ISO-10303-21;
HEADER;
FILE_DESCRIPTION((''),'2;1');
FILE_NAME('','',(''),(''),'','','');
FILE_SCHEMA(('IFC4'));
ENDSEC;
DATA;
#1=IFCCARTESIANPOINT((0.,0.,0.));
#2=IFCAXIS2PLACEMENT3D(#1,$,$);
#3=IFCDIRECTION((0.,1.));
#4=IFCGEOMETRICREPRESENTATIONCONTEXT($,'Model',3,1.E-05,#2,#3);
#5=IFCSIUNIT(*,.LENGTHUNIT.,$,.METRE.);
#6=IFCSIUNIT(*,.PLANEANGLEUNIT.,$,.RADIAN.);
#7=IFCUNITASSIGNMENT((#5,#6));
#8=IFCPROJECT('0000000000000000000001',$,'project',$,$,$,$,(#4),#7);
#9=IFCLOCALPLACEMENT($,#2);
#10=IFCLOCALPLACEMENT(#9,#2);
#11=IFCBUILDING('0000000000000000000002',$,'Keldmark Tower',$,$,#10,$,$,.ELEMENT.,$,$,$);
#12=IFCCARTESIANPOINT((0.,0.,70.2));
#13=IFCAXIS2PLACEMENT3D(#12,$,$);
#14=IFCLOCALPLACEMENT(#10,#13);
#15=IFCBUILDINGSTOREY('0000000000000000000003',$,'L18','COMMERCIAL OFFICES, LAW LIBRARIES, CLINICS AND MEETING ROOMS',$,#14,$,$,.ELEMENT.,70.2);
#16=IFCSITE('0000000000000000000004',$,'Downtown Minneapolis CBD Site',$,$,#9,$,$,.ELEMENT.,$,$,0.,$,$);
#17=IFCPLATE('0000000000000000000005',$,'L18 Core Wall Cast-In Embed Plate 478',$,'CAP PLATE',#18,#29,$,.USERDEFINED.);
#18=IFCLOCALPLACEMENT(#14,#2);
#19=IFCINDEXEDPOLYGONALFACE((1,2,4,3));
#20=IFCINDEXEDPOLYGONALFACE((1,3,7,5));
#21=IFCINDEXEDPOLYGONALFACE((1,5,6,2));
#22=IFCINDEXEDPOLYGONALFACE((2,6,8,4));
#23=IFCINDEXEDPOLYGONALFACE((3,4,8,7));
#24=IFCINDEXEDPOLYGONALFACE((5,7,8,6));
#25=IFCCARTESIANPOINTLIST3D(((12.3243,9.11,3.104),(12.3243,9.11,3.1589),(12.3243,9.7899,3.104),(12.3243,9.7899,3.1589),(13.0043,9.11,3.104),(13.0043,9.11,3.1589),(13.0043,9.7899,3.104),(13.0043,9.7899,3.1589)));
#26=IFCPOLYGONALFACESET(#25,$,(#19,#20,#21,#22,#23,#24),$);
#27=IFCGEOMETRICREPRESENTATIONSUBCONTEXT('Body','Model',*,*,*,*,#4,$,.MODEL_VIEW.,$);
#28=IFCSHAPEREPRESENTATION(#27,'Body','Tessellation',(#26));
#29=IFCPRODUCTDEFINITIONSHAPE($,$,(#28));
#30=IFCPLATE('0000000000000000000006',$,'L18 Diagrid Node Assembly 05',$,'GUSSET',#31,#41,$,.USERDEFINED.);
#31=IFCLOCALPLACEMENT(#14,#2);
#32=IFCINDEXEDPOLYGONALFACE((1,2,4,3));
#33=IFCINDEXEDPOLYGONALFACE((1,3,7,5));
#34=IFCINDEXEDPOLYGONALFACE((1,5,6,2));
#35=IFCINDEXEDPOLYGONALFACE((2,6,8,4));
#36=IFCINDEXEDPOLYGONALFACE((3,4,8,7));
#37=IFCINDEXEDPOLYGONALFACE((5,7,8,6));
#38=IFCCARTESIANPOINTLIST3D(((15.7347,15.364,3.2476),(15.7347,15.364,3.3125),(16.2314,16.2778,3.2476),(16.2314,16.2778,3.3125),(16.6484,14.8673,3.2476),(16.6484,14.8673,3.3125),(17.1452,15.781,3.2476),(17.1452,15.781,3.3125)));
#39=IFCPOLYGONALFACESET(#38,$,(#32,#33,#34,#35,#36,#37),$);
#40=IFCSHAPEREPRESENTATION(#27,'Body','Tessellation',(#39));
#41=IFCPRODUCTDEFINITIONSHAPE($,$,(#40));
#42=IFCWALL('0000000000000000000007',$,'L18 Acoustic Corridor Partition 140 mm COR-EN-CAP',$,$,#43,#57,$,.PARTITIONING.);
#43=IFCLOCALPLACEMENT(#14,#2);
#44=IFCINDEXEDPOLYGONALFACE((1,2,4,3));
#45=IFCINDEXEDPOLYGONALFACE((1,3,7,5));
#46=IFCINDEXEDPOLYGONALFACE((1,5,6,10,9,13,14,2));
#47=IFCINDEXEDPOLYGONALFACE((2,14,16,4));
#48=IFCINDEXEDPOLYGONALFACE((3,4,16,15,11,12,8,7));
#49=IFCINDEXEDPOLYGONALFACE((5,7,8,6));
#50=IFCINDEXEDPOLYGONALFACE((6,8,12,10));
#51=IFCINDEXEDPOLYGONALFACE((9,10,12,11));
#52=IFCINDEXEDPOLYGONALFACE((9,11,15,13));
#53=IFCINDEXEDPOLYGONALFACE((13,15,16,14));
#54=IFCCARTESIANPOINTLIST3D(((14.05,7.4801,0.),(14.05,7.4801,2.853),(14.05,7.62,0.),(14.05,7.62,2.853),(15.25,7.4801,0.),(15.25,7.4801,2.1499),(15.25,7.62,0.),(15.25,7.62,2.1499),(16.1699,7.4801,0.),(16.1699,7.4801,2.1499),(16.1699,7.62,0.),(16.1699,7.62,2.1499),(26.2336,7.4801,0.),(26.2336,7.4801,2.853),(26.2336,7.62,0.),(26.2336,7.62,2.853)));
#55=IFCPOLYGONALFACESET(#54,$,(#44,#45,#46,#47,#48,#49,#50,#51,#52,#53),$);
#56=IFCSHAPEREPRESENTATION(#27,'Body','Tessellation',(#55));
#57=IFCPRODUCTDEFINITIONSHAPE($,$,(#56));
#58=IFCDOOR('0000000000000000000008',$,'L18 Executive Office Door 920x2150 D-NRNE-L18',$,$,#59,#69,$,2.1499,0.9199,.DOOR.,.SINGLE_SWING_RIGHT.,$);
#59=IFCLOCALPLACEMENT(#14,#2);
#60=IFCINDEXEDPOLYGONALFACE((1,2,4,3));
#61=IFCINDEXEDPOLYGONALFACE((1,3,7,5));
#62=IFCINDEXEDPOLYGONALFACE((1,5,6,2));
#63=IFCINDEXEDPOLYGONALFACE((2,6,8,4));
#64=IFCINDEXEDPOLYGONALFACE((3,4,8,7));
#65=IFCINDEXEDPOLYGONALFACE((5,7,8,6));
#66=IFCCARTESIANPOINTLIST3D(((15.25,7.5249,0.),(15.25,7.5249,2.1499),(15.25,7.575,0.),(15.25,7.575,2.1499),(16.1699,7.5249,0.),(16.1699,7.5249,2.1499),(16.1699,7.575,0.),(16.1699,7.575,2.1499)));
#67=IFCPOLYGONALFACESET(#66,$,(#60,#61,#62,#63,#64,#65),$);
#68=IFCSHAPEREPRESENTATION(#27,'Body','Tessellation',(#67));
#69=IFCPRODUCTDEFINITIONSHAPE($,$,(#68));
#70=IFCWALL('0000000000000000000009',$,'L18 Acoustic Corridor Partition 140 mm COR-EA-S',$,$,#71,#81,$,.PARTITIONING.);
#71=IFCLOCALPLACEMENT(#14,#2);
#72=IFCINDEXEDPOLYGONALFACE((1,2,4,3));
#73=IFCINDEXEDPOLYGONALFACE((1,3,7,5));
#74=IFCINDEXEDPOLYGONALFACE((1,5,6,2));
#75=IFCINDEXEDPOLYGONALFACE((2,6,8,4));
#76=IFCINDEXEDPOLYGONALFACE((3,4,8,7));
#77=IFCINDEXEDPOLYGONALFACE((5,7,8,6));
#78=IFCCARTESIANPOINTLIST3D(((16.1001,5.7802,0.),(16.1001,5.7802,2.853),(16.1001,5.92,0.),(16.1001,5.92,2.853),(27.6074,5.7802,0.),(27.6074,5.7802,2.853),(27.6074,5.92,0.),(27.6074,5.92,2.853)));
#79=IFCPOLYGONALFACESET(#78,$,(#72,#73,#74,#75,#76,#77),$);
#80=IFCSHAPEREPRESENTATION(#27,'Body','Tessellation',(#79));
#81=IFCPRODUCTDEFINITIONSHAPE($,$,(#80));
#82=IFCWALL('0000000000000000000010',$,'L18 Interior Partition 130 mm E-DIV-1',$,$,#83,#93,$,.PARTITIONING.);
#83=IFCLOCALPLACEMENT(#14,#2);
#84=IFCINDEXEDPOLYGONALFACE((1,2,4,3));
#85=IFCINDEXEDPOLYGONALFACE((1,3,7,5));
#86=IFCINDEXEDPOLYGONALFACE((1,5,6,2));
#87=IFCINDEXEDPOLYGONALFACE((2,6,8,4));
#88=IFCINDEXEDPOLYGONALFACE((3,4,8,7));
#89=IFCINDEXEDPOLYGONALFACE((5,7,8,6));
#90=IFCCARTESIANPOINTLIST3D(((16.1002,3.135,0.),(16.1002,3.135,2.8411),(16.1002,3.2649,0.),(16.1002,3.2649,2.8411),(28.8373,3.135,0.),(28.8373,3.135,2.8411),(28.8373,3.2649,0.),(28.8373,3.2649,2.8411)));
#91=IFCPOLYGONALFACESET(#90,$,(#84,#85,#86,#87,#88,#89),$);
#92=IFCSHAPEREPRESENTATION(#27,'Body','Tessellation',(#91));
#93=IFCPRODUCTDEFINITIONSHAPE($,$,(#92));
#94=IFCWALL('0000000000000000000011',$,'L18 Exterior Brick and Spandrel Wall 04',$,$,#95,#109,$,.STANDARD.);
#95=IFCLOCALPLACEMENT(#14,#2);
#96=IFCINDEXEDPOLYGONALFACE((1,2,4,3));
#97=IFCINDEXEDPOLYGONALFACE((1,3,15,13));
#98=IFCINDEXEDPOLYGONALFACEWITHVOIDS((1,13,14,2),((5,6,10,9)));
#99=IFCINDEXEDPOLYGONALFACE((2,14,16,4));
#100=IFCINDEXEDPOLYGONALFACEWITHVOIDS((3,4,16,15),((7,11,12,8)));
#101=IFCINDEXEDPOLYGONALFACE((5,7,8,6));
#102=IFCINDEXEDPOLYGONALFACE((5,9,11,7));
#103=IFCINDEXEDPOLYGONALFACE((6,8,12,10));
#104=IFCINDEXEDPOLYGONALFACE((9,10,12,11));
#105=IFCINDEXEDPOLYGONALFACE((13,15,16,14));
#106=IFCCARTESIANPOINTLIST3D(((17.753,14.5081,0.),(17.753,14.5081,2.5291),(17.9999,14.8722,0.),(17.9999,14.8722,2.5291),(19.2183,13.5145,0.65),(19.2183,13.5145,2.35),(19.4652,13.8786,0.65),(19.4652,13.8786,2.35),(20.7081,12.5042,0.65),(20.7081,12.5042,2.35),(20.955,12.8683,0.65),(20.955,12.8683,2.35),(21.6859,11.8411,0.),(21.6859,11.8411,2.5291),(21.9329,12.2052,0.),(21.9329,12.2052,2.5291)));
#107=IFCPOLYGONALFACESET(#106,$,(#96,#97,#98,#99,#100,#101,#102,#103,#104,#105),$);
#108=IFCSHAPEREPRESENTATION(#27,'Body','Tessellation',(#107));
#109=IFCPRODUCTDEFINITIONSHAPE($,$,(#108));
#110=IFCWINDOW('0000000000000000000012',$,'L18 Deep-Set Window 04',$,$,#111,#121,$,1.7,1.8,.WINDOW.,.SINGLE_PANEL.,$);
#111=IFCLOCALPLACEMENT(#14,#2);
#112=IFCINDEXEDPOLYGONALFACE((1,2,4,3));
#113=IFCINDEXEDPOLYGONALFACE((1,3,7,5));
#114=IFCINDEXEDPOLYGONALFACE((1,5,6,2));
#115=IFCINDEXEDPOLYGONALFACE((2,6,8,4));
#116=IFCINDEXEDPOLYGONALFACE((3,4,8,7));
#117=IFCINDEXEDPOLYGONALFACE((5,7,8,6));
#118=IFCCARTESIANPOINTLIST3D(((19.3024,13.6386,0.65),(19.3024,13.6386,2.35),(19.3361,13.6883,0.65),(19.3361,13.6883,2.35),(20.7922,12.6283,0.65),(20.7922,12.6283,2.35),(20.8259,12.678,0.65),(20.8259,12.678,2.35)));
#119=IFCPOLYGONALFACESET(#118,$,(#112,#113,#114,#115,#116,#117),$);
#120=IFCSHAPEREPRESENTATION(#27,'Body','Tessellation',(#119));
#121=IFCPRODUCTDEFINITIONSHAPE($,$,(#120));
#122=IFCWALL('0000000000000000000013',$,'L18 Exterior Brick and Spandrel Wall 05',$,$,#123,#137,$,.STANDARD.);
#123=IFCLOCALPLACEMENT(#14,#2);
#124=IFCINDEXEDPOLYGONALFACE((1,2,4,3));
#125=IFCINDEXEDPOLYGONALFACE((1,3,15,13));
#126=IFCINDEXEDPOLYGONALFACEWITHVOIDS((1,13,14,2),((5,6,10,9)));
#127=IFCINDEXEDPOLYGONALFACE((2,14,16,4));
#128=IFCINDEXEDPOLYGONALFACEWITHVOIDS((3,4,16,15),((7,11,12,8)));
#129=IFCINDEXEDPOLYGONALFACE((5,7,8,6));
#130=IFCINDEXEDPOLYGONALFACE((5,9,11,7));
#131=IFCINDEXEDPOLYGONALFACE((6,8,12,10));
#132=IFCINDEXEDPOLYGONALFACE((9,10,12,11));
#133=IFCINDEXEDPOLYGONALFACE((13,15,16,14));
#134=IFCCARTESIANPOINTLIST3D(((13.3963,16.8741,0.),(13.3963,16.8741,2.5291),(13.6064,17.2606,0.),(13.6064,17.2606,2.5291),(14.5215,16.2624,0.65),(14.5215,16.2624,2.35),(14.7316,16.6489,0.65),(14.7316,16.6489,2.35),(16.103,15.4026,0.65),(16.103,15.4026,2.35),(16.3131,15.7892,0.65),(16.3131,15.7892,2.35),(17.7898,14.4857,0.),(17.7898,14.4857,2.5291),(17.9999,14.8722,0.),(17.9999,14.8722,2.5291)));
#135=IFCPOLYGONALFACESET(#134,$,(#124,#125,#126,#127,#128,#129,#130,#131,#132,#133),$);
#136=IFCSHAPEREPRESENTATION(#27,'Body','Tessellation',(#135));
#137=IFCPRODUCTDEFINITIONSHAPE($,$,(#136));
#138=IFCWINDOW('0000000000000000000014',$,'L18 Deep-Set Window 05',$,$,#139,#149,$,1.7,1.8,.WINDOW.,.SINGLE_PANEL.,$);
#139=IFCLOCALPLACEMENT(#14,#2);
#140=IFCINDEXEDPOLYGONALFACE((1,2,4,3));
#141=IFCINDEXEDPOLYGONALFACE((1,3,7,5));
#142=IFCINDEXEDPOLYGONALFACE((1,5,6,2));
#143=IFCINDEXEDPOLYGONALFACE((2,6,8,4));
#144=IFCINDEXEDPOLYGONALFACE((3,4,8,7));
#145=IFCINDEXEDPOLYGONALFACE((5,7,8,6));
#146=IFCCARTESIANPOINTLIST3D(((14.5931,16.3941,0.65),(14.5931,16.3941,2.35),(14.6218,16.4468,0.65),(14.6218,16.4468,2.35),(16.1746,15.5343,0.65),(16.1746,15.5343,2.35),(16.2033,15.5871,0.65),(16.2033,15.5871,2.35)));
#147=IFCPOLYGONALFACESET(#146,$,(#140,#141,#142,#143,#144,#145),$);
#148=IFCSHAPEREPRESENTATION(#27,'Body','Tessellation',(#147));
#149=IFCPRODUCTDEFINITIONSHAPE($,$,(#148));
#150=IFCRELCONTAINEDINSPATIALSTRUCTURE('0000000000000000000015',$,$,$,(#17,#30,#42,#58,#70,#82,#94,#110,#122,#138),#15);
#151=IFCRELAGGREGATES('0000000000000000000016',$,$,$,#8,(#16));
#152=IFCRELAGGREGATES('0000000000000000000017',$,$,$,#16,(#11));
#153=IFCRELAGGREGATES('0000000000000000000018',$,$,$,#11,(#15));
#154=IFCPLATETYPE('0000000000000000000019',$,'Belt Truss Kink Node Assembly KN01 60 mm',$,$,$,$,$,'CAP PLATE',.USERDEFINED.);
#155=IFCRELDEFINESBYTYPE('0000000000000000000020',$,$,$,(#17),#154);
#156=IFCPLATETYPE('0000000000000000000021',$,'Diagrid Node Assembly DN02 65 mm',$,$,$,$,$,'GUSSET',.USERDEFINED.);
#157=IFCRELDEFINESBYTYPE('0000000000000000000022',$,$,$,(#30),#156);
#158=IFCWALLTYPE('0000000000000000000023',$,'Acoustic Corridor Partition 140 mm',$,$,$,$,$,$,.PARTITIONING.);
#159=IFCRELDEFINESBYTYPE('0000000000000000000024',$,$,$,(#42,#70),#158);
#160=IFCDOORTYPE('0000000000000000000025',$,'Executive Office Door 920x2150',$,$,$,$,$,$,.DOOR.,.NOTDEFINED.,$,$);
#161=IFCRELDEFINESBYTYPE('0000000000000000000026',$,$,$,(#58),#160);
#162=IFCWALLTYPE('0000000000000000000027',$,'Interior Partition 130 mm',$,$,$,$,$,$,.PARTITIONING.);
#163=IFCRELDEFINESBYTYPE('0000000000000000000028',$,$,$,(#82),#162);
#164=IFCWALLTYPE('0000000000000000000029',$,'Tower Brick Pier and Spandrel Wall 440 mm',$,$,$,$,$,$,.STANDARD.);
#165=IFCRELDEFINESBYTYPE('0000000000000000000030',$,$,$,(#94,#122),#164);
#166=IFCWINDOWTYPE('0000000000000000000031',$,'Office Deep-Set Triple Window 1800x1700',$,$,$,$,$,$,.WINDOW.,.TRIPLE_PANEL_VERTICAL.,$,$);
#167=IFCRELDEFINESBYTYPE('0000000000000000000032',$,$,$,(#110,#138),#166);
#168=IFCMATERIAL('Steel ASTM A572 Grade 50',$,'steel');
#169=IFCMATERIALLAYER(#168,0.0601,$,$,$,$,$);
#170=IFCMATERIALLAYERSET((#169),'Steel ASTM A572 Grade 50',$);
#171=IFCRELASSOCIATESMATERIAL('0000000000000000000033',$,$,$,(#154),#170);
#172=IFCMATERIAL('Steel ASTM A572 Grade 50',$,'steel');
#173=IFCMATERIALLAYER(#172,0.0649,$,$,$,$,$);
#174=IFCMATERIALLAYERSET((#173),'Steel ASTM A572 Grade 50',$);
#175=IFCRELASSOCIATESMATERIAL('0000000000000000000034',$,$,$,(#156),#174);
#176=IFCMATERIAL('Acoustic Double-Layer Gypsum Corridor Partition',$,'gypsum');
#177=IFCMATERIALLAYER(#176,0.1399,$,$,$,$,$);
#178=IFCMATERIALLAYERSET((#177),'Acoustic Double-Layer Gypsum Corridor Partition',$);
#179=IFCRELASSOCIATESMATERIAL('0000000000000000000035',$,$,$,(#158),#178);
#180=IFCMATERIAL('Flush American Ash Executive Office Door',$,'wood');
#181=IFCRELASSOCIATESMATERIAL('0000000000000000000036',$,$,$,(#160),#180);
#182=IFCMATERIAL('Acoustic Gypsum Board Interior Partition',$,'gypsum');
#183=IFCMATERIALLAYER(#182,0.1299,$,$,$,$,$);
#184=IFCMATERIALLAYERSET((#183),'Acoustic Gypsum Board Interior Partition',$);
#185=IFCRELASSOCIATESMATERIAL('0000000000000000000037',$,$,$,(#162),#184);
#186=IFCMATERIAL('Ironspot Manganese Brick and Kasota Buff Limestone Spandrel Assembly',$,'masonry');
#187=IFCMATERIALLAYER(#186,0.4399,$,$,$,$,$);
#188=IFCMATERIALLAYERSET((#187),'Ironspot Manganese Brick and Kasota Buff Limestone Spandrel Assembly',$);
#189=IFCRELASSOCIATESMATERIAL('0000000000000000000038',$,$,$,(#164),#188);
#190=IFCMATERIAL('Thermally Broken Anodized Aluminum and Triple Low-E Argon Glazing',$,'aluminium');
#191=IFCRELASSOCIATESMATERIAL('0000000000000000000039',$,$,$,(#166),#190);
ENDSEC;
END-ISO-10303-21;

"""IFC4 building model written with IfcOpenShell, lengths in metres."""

from ifc_helpers import new_model, si_unit, direction, frame, frame_2d, origin, origin_2d, place, context, subcontext, project, spatial, rectangle, extrude, material, layer, layer_set, type_object, element, fill, save


model = new_model("IFC4")

# Units and contexts
model_context = context("Model", 3, precision=1e-05, world=origin(), true_north=direction((0.0, 1.0)))
body_context = subcontext(model_context, "Body", "Model", "MODEL_VIEW")
ifc_project = project(units=[si_unit("LENGTHUNIT", "METRE"), si_unit("PLANEANGLEUNIT", "RADIAN")], contexts=[model_context])

# Site, building, storey
site_placement = place(None, origin())
site = spatial("IfcSite", under=ifc_project, at=site_placement, Name="Downtown Minneapolis CBD Site", CompositionType="ELEMENT", RefElevation=0.0)
building_placement = place(site_placement, origin())
building = spatial("IfcBuilding", under=site, at=building_placement, Name="Keldmark Tower", CompositionType="ELEMENT")
storey_placement = place(building_placement, frame((0.0, 0.0, 70.2)))
storey = spatial("IfcBuildingStorey", under=building, at=storey_placement, Name="L18", Description="COMMERCIAL OFFICES, LAW LIBRARIES, CLINICS AND MEETING ROOMS", CompositionType="ELEMENT", Elevation=70.2)

# Plates
ifc_material_1 = material(Name="Steel ASTM A572 Grade 50", Category="steel")
ifc_layer_1 = layer(ifc_material_1, 0.0601)
ifc_layer_set_1 = layer_set([ifc_layer_1], Name="Steel ASTM A572 Grade 50")
plate_type_1 = type_object("IfcPlateType", Name="Belt Truss Kink Node Assembly KN01 60 mm", ElementType="CAP PLATE", PredefinedType="USERDEFINED", material=ifc_layer_set_1)
for number, where, z_axis, x_axis, name in (
    (1, (12.6643, 9.45, 3.104), (0.0, 0.0, 1.0), (1.0, 0.0, 0.0), "L18 Core Wall Cast-In Embed Plate 478"),
):
    element("IfcPlate", number, at=place(storey_placement, frame(where, z_axis=z_axis, x_axis=x_axis)), inside=storey, type_object=plate_type_1, Name=name, ObjectType="CAP PLATE", PredefinedType="USERDEFINED", context=body_context, shape_type="SweptSolid", body=[
        extrude(rectangle(XDim=0.6799, YDim=0.6799, at=origin_2d()), origin(), (0.0, 0.0, 1.0), 0.0549),
    ])
ifc_material_2 = material(Name="Steel ASTM A572 Grade 50", Category="steel")
ifc_layer_2 = layer(ifc_material_2, 0.0649)
ifc_layer_set_2 = layer_set([ifc_layer_2], Name="Steel ASTM A572 Grade 50")
plate_type_2 = type_object("IfcPlateType", Name="Diagrid Node Assembly DN02 65 mm", ElementType="GUSSET", PredefinedType="USERDEFINED", material=ifc_layer_set_2)
plate_placement = place(storey_placement, frame((16.4399, 15.5725, 3.2476), z_axis=(0.0, 0.0, 1.0), x_axis=(-0.878567, 0.477619, 0.0)))
element("IfcPlate", 2, at=plate_placement, inside=storey, type_object=plate_type_2, Name="L18 Diagrid Node Assembly 05", ObjectType="GUSSET", PredefinedType="USERDEFINED", context=body_context, shape_type="SweptSolid", body=[
    extrude(rectangle(XDim=1.04, YDim=1.04, at=origin_2d()), origin(), (0.0, 0.0, 1.0), 0.0649),
])

# Wall, opening, door
ifc_material_3 = material(Name="Acoustic Double-Layer Gypsum Corridor Partition", Category="gypsum")
ifc_layer_3 = layer(ifc_material_3, 0.1399)
ifc_layer_set_3 = layer_set([ifc_layer_3], Name="Acoustic Double-Layer Gypsum Corridor Partition")
wall_type_1 = type_object("IfcWallType", Name="Acoustic Corridor Partition 140 mm", PredefinedType="PARTITIONING", material=ifc_layer_set_3)
wall_1_placement = place(storey_placement, frame((14.05, 7.55, 0.0), z_axis=(0.0, 0.0, 1.0), x_axis=(1.0, 0.0, 0.0)))
wall_1 = element("IfcWall", 3, at=wall_1_placement, inside=storey, type_object=wall_type_1, Name="L18 Acoustic Corridor Partition 140 mm COR-EN-CAP", PredefinedType="PARTITIONING", context=body_context, shape_type="SweptSolid", body=[
    extrude(rectangle(XDim=12.1836, YDim=0.1399, at=frame_2d((6.0918, 0.0))), origin(), (0.0, 0.0, 1.0), 2.853),
])
opening_1_placement = place(wall_1_placement, frame((1.2, 0.0, 0.0)))
opening_1 = element("IfcOpeningElement", 4, at=opening_1_placement, cuts=wall_1, PredefinedType="OPENING", context=body_context, shape_type="SweptSolid", body=[
    extrude(rectangle(XDim=0.9199, YDim=2.1499, at=frame_2d((0.46, 1.075))), frame((0.0, 0.0798, 0.0), z_axis=(0.0, -1.0, 0.0), x_axis=(1.0, 0.0, 0.0)), (0.0, 0.0, 1.0), 0.1599),
])
ifc_material_4 = material(Name="Flush American Ash Executive Office Door", Category="wood")
door_type = type_object("IfcDoorType", Name="Executive Office Door 920x2150", OperationType="NOTDEFINED", PredefinedType="DOOR", material=ifc_material_4)
door_placement = place(opening_1_placement, origin())
door = element("IfcDoor", 5, at=door_placement, inside=storey, type_object=door_type, Name="L18 Executive Office Door 920x2150 D-NRNE-L18", OperationType="SINGLE_SWING_RIGHT", OverallHeight=2.1499, OverallWidth=0.9199, PredefinedType="DOOR", context=body_context, shape_type="SweptSolid", body=[
    extrude(rectangle(XDim=0.9199, YDim=2.1499, at=frame_2d((0.46, 1.075))), frame((0.0, 0.0249, 0.0), z_axis=(0.0, -1.0, 0.0), x_axis=(1.0, 0.0, 0.0)), (0.0, 0.0, 1.0), 0.05),
])
fill(opening_1, door)

# Walls
wall_2_placement = place(storey_placement, frame((16.1001, 5.8501, 0.0), z_axis=(0.0, 0.0, 1.0), x_axis=(1.0, 0.0, 0.0)))
element("IfcWall", 6, at=wall_2_placement, inside=storey, type_object=wall_type_1, Name="L18 Acoustic Corridor Partition 140 mm COR-EA-S", PredefinedType="PARTITIONING", context=body_context, shape_type="SweptSolid", body=[
    extrude(rectangle(XDim=11.5073, YDim=0.1399, at=frame_2d((5.7537, 0.0))), origin(), (0.0, 0.0, 1.0), 2.853),
])
ifc_material_5 = material(Name="Acoustic Gypsum Board Interior Partition", Category="gypsum")
ifc_layer_4 = layer(ifc_material_5, 0.1299)
ifc_layer_set_4 = layer_set([ifc_layer_4], Name="Acoustic Gypsum Board Interior Partition")
wall_type_2 = type_object("IfcWallType", Name="Interior Partition 130 mm", PredefinedType="PARTITIONING", material=ifc_layer_set_4)
wall_3_placement = place(storey_placement, frame((16.1001, 3.2, 0.0), z_axis=(0.0, 0.0, 1.0), x_axis=(1.0, 0.0, 0.0)))
element("IfcWall", 7, at=wall_3_placement, inside=storey, type_object=wall_type_2, Name="L18 Interior Partition 130 mm E-DIV-1", PredefinedType="PARTITIONING", context=body_context, shape_type="SweptSolid", body=[
    extrude(rectangle(XDim=12.7371, YDim=0.1299, at=frame_2d((6.3687, 0.0))), origin(), (0.0, 0.0, 1.0), 2.8411),
])

# Walls, openings, windows
ifc_material_6 = material(Name="Ironspot Manganese Brick and Kasota Buff Limestone Spandrel Assembly", Category="masonry")
ifc_layer_5 = layer(ifc_material_6, 0.4399)
ifc_layer_set_5 = layer_set([ifc_layer_5], Name="Ironspot Manganese Brick and Kasota Buff Limestone Spandrel Assembly")
wall_type_3 = type_object("IfcWallType", Name="Tower Brick Pier and Spandrel Wall 440 mm", PredefinedType="STANDARD", material=ifc_layer_set_5)
wall_4_placement = place(storey_placement, frame((17.8765, 14.6902, 0.0), z_axis=(0.0, 0.0, 1.0), x_axis=(0.827645, -0.561251, 0.0)))
wall_4 = element("IfcWall", 8, at=wall_4_placement, inside=storey, type_object=wall_type_3, Name="L18 Exterior Brick and Spandrel Wall 04", PredefinedType="STANDARD", context=body_context, shape_type="SweptSolid", body=[
    extrude(rectangle(XDim=4.752, YDim=0.4399, at=frame_2d((2.376, 0.0))), origin(), (0.0, 0.0, 1.0), 2.5291),
])
opening_2_placement = place(wall_4_placement, frame((1.7705, 0.0, 0.6499)))
opening_2 = element("IfcOpeningElement", 9, at=opening_2_placement, cuts=wall_4, PredefinedType="OPENING", context=body_context, shape_type="SweptSolid", body=[
    extrude(rectangle(XDim=1.8, YDim=1.7, at=frame_2d((0.8999, 0.8501))), frame((0.0, 0.23, 0.0), z_axis=(0.0, -1.0, 0.0), x_axis=(1.0, 0.0, 0.0)), (0.0, 0.0, 1.0), 0.46),
])
ifc_material_7 = material(Name="Thermally Broken Anodized Aluminum and Triple Low-E Argon Glazing", Category="aluminium")
window_type = type_object("IfcWindowType", Name="Office Deep-Set Triple Window 1800x1700", PartitioningType="TRIPLE_PANEL_VERTICAL", PredefinedType="WINDOW", material=ifc_material_7)
window_1_placement = place(opening_2_placement, origin())
window_1 = element("IfcWindow", 10, at=window_1_placement, inside=storey, type_object=window_type, Name="L18 Deep-Set Window 04", OverallHeight=1.7, OverallWidth=1.8, PartitioningType="SINGLE_PANEL", PredefinedType="WINDOW", context=body_context, shape_type="SweptSolid", body=[
    extrude(rectangle(XDim=1.8, YDim=1.7, at=frame_2d((0.8999, 0.8501))), frame((0.0, -0.01, 0.0), z_axis=(0.0, -1.0, 0.0), x_axis=(1.0, 0.0, 0.0)), (0.0, 0.0, 1.0), 0.0601),
])
fill(opening_2, window_1)
wall_5_placement = place(storey_placement, frame((13.5012, 17.0674, 0.0), z_axis=(0.0, 0.0, 1.0), x_axis=(0.878572, -0.47761, 0.0)))
wall_5 = element("IfcWall", 11, at=wall_5_placement, inside=storey, type_object=wall_type_3, Name="L18 Exterior Brick and Spandrel Wall 05", PredefinedType="STANDARD", context=body_context, shape_type="SweptSolid", body=[
    extrude(rectangle(XDim=5.0007, YDim=0.4399, at=frame_2d((2.5005, 0.0))), origin(), (0.0, 0.0, 1.0), 2.5291),
])
opening_3_placement = place(wall_5_placement, frame((1.281, 0.0, 0.6499)))
opening_3 = element("IfcOpeningElement", 12, at=opening_3_placement, cuts=wall_5, PredefinedType="OPENING", context=body_context, shape_type="SweptSolid", body=[
    extrude(rectangle(XDim=1.8, YDim=1.7, at=frame_2d((0.8999, 0.8501))), frame((0.0, 0.23, 0.0), z_axis=(0.0, -1.0, 0.0), x_axis=(1.0, 0.0, 0.0)), (0.0, 0.0, 1.0), 0.46),
])
window_2_placement = place(opening_3_placement, origin())
window_2 = element("IfcWindow", 13, at=window_2_placement, inside=storey, type_object=window_type, Name="L18 Deep-Set Window 05", OverallHeight=1.7, OverallWidth=1.8, PartitioningType="SINGLE_PANEL", PredefinedType="WINDOW", context=body_context, shape_type="SweptSolid", body=[
    extrude(rectangle(XDim=1.8, YDim=1.7, at=frame_2d((0.8999, 0.8501))), frame((0.0, -0.01, 0.0), z_axis=(0.0, -1.0, 0.0), x_axis=(1.0, 0.0, 0.0)), (0.0, 0.0, 1.0), 0.0601),
])
fill(opening_3, window_2)

save(model, "model.ifc")
